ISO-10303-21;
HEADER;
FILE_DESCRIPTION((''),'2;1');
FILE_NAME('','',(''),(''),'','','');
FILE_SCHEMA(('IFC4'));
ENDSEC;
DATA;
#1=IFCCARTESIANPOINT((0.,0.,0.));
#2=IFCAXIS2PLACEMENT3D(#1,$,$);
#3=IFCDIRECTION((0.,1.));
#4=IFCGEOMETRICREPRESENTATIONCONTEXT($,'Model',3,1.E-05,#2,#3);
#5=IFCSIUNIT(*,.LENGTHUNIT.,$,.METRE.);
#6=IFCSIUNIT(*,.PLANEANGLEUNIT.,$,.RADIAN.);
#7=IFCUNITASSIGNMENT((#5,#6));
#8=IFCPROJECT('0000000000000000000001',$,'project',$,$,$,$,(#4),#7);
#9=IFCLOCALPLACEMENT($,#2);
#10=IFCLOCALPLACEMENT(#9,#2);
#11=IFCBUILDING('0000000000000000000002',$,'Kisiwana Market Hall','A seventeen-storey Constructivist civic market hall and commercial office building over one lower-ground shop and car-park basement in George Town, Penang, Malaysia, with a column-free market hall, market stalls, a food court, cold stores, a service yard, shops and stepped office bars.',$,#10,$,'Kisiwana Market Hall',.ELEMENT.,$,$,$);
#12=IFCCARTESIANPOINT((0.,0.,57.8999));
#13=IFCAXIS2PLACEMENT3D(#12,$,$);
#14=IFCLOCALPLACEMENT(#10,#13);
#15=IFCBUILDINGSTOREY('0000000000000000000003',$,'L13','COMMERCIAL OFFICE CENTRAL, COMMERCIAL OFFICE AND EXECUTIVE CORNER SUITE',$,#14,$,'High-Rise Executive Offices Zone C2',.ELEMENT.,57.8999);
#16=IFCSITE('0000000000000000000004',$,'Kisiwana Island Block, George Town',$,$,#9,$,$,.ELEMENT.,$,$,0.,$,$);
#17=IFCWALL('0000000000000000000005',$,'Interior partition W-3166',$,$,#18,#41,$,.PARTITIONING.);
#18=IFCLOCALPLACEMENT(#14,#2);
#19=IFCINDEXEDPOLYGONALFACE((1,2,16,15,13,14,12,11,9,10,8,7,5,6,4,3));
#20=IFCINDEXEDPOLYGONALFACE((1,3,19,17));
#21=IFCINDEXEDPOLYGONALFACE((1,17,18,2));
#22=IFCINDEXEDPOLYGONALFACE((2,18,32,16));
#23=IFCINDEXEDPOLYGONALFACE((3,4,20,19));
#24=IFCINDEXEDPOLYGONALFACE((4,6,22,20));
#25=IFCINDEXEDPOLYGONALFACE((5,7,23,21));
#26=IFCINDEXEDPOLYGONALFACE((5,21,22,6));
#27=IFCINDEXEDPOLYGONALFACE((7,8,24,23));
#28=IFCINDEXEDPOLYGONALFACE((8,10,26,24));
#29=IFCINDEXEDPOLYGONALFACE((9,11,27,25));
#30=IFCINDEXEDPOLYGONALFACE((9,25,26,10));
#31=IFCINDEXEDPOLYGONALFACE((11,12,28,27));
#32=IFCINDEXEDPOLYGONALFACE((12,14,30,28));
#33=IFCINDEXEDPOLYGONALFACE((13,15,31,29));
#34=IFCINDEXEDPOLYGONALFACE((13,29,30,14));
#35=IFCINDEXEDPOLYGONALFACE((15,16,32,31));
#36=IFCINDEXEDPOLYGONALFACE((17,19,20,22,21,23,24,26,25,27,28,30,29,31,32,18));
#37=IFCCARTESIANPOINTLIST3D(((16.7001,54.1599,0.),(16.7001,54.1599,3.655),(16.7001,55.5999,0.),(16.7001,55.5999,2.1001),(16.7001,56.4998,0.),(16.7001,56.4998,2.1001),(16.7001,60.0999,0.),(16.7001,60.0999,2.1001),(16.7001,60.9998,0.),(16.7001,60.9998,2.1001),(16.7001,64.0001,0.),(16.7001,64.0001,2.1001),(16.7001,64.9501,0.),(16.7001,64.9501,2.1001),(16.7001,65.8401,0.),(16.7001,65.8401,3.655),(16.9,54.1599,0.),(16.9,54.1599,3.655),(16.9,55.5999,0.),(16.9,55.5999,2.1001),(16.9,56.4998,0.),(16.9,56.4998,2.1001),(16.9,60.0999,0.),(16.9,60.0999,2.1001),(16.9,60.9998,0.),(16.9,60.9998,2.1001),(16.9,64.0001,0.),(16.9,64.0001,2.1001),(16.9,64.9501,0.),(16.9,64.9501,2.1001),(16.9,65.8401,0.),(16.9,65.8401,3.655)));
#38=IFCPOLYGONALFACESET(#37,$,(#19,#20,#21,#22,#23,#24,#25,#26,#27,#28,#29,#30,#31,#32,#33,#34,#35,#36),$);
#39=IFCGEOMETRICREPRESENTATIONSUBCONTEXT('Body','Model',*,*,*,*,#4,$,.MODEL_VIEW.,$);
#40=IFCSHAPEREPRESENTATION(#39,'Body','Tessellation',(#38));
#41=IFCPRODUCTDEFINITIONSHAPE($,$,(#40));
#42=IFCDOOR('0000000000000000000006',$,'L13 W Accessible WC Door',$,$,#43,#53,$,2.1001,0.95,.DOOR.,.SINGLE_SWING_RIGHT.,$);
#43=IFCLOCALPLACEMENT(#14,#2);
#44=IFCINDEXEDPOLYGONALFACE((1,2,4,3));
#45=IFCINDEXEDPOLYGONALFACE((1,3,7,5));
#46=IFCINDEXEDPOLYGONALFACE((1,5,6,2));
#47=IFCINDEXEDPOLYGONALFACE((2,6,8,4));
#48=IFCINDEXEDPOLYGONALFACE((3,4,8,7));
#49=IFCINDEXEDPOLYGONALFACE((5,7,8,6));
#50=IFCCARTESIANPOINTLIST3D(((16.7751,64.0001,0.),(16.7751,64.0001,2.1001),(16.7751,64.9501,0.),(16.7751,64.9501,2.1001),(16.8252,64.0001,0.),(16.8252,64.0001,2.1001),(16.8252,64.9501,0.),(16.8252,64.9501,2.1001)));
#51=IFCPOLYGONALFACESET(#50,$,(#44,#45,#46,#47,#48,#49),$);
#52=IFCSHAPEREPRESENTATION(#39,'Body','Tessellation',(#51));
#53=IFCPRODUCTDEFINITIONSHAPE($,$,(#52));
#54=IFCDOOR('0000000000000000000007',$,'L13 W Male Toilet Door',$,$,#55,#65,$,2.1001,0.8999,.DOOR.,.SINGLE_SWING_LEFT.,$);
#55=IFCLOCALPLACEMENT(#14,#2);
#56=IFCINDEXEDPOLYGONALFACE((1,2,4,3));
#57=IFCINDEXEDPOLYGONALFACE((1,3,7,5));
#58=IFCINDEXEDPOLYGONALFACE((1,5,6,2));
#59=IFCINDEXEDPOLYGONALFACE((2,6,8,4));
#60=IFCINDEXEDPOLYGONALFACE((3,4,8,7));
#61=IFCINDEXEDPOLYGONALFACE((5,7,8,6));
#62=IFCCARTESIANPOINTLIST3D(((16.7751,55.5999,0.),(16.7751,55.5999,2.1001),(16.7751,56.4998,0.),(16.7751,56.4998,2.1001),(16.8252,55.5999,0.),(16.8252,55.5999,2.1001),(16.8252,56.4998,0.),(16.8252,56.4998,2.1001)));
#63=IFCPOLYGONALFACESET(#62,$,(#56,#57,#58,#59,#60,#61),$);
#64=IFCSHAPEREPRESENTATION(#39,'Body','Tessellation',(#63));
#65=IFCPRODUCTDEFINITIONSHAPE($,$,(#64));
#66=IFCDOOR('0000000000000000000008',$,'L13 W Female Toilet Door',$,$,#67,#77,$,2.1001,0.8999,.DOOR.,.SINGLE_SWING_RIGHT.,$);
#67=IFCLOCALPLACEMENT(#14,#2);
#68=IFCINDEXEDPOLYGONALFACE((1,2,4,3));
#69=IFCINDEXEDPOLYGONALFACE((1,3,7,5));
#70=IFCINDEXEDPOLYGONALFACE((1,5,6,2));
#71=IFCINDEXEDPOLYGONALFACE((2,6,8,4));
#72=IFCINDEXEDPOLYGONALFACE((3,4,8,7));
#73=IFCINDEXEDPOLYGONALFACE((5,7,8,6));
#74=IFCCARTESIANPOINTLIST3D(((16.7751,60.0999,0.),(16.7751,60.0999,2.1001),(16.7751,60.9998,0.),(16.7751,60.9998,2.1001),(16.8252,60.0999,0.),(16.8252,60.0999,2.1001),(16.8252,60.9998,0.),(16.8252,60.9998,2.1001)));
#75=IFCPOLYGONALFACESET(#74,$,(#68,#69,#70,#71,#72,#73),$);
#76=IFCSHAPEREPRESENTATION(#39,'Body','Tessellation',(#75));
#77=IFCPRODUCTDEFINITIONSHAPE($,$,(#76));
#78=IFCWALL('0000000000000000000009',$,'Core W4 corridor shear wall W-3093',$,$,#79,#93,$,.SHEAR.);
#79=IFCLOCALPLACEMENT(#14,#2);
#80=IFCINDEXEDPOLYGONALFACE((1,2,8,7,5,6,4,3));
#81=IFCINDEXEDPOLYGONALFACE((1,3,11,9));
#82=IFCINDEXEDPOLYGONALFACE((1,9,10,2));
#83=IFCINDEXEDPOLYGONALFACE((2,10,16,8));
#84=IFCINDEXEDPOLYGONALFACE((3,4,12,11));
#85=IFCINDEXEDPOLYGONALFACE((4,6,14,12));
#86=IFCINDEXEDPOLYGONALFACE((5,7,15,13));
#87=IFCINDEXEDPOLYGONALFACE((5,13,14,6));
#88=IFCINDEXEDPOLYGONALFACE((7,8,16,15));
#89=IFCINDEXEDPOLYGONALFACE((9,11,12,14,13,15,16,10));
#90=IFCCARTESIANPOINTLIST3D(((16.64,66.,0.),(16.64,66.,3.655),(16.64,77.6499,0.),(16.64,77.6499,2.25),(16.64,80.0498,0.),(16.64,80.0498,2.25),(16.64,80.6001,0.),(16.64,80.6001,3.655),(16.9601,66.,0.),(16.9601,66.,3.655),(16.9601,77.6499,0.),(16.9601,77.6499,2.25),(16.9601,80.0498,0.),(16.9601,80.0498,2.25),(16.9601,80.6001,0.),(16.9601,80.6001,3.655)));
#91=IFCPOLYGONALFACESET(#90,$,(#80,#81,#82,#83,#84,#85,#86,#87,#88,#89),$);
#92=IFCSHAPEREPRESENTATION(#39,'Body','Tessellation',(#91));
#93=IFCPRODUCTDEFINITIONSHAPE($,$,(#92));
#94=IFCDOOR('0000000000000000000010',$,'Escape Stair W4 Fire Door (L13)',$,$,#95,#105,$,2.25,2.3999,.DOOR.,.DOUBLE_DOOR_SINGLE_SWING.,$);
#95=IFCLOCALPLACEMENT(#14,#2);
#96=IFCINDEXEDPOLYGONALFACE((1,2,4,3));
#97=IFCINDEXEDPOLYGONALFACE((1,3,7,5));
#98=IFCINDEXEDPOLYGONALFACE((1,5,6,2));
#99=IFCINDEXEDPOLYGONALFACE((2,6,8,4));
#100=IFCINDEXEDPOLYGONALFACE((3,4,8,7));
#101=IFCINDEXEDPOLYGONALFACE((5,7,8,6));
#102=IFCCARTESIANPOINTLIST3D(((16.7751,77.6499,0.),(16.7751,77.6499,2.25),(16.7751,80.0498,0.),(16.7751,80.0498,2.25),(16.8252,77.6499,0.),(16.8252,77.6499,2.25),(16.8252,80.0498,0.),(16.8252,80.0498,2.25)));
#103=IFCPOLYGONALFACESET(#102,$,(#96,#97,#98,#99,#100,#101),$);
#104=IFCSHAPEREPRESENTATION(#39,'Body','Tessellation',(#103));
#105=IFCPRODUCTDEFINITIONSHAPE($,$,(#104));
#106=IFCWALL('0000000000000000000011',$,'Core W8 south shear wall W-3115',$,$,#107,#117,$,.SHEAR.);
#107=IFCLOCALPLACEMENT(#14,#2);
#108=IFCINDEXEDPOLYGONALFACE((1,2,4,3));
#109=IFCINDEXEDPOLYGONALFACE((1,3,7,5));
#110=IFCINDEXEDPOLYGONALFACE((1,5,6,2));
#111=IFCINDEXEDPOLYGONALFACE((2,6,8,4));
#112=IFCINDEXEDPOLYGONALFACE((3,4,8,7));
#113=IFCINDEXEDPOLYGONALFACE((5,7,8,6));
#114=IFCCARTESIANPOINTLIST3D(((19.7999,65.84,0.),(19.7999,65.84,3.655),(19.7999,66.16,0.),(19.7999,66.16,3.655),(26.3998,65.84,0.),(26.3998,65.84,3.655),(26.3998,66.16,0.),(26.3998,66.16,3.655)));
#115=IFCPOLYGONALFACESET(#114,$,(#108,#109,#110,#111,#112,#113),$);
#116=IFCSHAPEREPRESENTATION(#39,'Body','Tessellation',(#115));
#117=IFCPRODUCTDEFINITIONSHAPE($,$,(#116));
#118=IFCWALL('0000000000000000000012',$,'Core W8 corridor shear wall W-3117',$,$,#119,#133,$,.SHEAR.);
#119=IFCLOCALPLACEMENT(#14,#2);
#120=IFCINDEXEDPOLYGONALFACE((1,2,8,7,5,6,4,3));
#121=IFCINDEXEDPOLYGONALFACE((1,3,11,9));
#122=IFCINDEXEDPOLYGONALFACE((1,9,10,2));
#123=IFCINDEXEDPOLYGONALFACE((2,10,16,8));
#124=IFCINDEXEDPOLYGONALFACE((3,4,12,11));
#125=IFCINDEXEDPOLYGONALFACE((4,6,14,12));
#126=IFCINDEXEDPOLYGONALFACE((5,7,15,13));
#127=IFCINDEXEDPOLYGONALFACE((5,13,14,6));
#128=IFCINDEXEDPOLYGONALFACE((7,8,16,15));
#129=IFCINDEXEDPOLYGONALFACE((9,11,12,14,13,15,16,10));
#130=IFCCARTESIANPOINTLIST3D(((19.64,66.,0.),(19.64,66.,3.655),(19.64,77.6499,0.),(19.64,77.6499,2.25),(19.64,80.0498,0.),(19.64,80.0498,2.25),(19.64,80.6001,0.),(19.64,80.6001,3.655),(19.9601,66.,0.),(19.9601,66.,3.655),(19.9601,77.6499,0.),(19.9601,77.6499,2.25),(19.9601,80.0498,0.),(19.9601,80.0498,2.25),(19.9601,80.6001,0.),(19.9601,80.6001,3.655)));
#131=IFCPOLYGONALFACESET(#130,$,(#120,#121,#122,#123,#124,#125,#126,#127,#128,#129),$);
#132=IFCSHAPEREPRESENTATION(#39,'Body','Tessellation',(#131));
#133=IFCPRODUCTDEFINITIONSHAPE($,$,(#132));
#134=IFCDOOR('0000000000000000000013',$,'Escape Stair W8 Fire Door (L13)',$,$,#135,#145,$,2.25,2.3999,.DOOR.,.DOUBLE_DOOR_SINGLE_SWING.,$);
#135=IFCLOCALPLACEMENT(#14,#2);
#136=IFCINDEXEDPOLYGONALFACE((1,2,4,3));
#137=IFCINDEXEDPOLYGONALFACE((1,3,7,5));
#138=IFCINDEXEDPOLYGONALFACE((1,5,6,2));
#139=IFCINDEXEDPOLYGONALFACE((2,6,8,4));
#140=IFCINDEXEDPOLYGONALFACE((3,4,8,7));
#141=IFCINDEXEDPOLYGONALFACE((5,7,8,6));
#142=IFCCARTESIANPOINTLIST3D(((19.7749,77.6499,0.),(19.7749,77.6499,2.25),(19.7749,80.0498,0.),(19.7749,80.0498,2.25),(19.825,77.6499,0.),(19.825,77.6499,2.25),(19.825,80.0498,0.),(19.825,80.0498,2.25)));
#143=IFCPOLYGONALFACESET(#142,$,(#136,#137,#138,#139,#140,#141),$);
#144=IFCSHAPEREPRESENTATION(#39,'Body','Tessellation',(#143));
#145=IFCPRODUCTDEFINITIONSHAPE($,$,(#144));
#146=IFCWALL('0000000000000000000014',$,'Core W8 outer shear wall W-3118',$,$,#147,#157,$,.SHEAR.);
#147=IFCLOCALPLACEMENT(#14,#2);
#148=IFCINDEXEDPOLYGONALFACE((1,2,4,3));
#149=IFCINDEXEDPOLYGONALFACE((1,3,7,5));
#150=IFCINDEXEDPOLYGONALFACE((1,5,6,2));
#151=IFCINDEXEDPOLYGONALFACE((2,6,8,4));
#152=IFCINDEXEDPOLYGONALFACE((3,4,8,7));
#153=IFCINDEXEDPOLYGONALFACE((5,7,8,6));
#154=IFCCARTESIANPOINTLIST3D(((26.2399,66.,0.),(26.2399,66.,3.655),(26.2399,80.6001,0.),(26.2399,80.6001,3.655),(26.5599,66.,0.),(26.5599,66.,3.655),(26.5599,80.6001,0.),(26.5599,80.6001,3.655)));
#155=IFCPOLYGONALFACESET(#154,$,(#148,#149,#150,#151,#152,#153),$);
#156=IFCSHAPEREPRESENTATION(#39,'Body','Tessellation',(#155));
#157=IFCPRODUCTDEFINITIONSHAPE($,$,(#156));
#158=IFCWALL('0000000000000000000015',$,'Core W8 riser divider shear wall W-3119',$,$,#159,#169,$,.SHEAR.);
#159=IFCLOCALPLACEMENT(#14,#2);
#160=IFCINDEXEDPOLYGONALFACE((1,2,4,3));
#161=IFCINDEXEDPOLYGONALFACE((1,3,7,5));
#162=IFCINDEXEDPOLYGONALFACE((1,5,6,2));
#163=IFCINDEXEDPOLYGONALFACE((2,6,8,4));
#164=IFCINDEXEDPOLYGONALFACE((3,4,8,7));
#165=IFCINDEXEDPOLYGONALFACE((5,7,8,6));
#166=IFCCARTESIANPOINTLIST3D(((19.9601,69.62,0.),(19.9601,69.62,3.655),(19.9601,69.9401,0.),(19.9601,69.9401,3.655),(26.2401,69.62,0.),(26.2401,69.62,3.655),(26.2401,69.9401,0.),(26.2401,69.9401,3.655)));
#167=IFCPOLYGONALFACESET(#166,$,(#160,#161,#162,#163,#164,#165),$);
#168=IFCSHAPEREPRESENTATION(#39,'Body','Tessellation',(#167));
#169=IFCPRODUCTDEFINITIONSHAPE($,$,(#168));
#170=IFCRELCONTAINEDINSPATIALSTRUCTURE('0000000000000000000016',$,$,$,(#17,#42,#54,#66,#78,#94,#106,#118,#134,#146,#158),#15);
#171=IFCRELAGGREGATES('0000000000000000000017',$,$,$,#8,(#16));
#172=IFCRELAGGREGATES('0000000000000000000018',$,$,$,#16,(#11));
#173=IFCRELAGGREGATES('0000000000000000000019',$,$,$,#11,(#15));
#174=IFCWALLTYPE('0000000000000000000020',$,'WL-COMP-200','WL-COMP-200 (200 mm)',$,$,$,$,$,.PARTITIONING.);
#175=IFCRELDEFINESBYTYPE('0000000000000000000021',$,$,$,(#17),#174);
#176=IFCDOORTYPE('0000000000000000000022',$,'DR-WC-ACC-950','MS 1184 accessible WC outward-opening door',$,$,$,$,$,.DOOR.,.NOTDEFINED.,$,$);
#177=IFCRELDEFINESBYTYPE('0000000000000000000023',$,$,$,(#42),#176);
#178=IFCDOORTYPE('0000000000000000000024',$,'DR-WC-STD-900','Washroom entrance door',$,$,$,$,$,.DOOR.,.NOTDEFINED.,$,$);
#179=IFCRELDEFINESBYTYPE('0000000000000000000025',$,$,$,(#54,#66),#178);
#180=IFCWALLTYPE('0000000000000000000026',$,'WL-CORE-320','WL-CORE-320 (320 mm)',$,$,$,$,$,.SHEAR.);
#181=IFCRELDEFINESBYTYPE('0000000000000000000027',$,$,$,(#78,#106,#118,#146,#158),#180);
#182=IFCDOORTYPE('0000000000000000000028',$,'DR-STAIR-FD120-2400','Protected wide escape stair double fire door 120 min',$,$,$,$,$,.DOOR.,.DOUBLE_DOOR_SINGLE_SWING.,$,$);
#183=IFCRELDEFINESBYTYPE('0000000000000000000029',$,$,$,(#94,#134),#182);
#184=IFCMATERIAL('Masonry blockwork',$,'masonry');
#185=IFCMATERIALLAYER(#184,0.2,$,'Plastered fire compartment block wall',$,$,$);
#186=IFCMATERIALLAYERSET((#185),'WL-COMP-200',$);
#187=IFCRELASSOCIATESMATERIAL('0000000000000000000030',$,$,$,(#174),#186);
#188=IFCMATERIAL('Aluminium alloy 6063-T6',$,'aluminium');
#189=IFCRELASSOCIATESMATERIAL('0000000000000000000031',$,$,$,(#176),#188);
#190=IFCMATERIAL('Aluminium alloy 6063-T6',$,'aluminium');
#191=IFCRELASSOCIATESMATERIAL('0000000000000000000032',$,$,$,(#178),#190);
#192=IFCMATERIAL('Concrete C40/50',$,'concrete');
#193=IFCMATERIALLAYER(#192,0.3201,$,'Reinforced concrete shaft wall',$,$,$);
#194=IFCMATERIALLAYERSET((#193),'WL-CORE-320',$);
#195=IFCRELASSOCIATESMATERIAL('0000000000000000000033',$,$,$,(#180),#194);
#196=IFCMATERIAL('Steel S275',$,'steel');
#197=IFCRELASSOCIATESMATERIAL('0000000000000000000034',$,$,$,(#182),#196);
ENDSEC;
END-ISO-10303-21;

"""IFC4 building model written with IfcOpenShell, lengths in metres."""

from ifc_helpers import new_model, si_unit, direction, frame, frame_2d, origin, place, context, subcontext, project, spatial, rectangle, extrude, material, layer, layer_set, type_object, element, fill, save


model = new_model("IFC4")

# Units and contexts
model_context = context("Model", 3, precision=1e-05, world=origin(), true_north=direction((0.0, 1.0)))
body_context = subcontext(model_context, "Body", "Model", "MODEL_VIEW")
ifc_project = project(units=[si_unit("LENGTHUNIT", "METRE"), si_unit("PLANEANGLEUNIT", "RADIAN")], contexts=[model_context])

# Site, building, storey
site_placement = place(None, origin())
site = spatial("IfcSite", under=ifc_project, at=site_placement, Name="Kisiwana Island Block, George Town", CompositionType="ELEMENT", RefElevation=0.0)
building_placement = place(site_placement, origin())
building = spatial("IfcBuilding", under=site, at=building_placement, Name="Kisiwana Market Hall", Description="A seventeen-storey Constructivist civic market hall and commercial office building over one lower-ground shop and car-park basement in George Town, Penang, Malaysia, with a column-free market hall, market stalls, a food court, cold stores, a service yard, shops and stepped office bars.", LongName="Kisiwana Market Hall", CompositionType="ELEMENT")
storey_placement = place(building_placement, frame((0.0, 0.0, 57.8999)))
storey = spatial("IfcBuildingStorey", under=building, at=storey_placement, Name="L13", Description="COMMERCIAL OFFICE CENTRAL, COMMERCIAL OFFICE AND EXECUTIVE CORNER SUITE", LongName="High-Rise Executive Offices Zone C2", CompositionType="ELEMENT", Elevation=57.8999)

# Wall, openings, doors
ifc_material_1 = material(Name="Masonry blockwork", Category="masonry")
ifc_layer_1 = layer(ifc_material_1, 0.2, Name="Plastered fire compartment block wall")
ifc_layer_set_1 = layer_set([ifc_layer_1], Name="WL-COMP-200")
wall_type_1 = type_object("IfcWallType", Name="WL-COMP-200", Description="WL-COMP-200 (200 mm)", PredefinedType="PARTITIONING", material=ifc_layer_set_1)
wall_1_placement = place(storey_placement, frame((16.8, 54.1599, 0.0), z_axis=(0.0, 0.0, 1.0), x_axis=(0.0, 1.0, 0.0)))
wall_1 = element("IfcWall", 1, at=wall_1_placement, inside=storey, type_object=wall_type_1, Name="Interior partition W-3166", PredefinedType="PARTITIONING", context=body_context, shape_type="SweptSolid", body=[
    extrude(rectangle(XDim=11.6802, YDim=0.2, at=frame_2d((5.8401, 0.0))), origin(), (0.0, 0.0, 1.0), 3.655),
])
opening_1_placement = place(wall_1_placement, frame((1.4399, 0.0, 0.0)))
opening_1 = element("IfcOpeningElement", 2, at=opening_1_placement, cuts=wall_1, PredefinedType="OPENING", context=body_context, shape_type="SweptSolid", body=[
    extrude(rectangle(XDim=0.8999, YDim=2.1001, at=frame_2d((0.45, 1.05))), frame((0.0, 0.1118, 0.0), z_axis=(0.0, -1.0, 0.0), x_axis=(1.0, 0.0, 0.0)), (0.0, 0.0, 1.0), 0.2239),
])
opening_2_placement = place(wall_1_placement, frame((5.9399, 0.0, 0.0)))
opening_2 = element("IfcOpeningElement", 3, at=opening_2_placement, cuts=wall_1, PredefinedType="OPENING", context=body_context, shape_type="SweptSolid", body=[
    extrude(rectangle(XDim=0.8999, YDim=2.1001, at=frame_2d((0.45, 1.05))), frame((0.0, 0.1118, 0.0), z_axis=(0.0, -1.0, 0.0), x_axis=(1.0, 0.0, 0.0)), (0.0, 0.0, 1.0), 0.2239),
])
opening_3_placement = place(wall_1_placement, frame((9.8401, 0.0, 0.0)))
opening_3 = element("IfcOpeningElement", 4, at=opening_3_placement, cuts=wall_1, PredefinedType="OPENING", context=body_context, shape_type="SweptSolid", body=[
    extrude(rectangle(XDim=0.95, YDim=2.1001, at=frame_2d((0.4751, 1.05))), frame((0.0, 0.1118, 0.0), z_axis=(0.0, -1.0, 0.0), x_axis=(1.0, 0.0, 0.0)), (0.0, 0.0, 1.0), 0.2239),
])
ifc_material_2 = material(Name="Aluminium alloy 6063-T6", Category="aluminium")
door_type_1 = type_object("IfcDoorType", Name="DR-WC-ACC-950", Description="MS 1184 accessible WC outward-opening door", OperationType="NOTDEFINED", PredefinedType="DOOR", material=ifc_material_2)
door_1_placement = place(opening_3_placement, origin())
door_1 = element("IfcDoor", 5, at=door_1_placement, inside=storey, type_object=door_type_1, Name="L13 W Accessible WC Door", OperationType="SINGLE_SWING_RIGHT", OverallHeight=2.1001, OverallWidth=0.95, PredefinedType="DOOR", context=body_context, shape_type="SweptSolid", body=[
    extrude(rectangle(XDim=0.95, YDim=2.1001, at=frame_2d((0.4751, 1.05))), frame((0.0, 0.0249, 0.0), z_axis=(0.0, -1.0, 0.0), x_axis=(1.0, 0.0, 0.0)), (0.0, 0.0, 1.0), 0.05),
])
fill(opening_3, door_1)
ifc_material_3 = material(Name="Aluminium alloy 6063-T6", Category="aluminium")
door_type_2 = type_object("IfcDoorType", Name="DR-WC-STD-900", Description="Washroom entrance door", OperationType="NOTDEFINED", PredefinedType="DOOR", material=ifc_material_3)
door_2_placement = place(opening_1_placement, origin())
door_2 = element("IfcDoor", 6, at=door_2_placement, inside=storey, type_object=door_type_2, Name="L13 W Male Toilet Door", OperationType="SINGLE_SWING_LEFT", OverallHeight=2.1001, OverallWidth=0.8999, PredefinedType="DOOR", context=body_context, shape_type="SweptSolid", body=[
    extrude(rectangle(XDim=0.8999, YDim=2.1001, at=frame_2d((0.45, 1.05))), frame((0.0, 0.0249, 0.0), z_axis=(0.0, -1.0, 0.0), x_axis=(1.0, 0.0, 0.0)), (0.0, 0.0, 1.0), 0.05),
])
fill(opening_1, door_2)
door_3_placement = place(opening_2_placement, origin())
door_3 = element("IfcDoor", 7, at=door_3_placement, inside=storey, type_object=door_type_2, Name="L13 W Female Toilet Door", OperationType="SINGLE_SWING_RIGHT", OverallHeight=2.1001, OverallWidth=0.8999, PredefinedType="DOOR", context=body_context, shape_type="SweptSolid", body=[
    extrude(rectangle(XDim=0.8999, YDim=2.1001, at=frame_2d((0.45, 1.05))), frame((0.0, 0.0249, 0.0), z_axis=(0.0, -1.0, 0.0), x_axis=(1.0, 0.0, 0.0)), (0.0, 0.0, 1.0), 0.05),
])
fill(opening_2, door_3)

# Wall, opening, door
ifc_material_4 = material(Name="Concrete C40/50", Category="concrete")
ifc_layer_2 = layer(ifc_material_4, 0.3201, Name="Reinforced concrete shaft wall")
ifc_layer_set_2 = layer_set([ifc_layer_2], Name="WL-CORE-320")
wall_type_2 = type_object("IfcWallType", Name="WL-CORE-320", Description="WL-CORE-320 (320 mm)", PredefinedType="SHEAR", material=ifc_layer_set_2)
wall_2_placement = place(storey_placement, frame((16.8, 66.0, 0.0), z_axis=(0.0, 0.0, 1.0), x_axis=(0.0, 1.0, 0.0)))
wall_2 = element("IfcWall", 8, at=wall_2_placement, inside=storey, type_object=wall_type_2, Name="Core W4 corridor shear wall W-3093", PredefinedType="SHEAR", context=body_context, shape_type="SweptSolid", body=[
    extrude(rectangle(XDim=14.6001, YDim=0.3201, at=frame_2d((7.3, 0.0))), origin(), (0.0, 0.0, 1.0), 3.655),
])
opening_4_placement = place(wall_2_placement, frame((11.6499, 0.0, 0.0)))
opening_4 = element("IfcOpeningElement", 9, at=opening_4_placement, cuts=wall_2, PredefinedType="OPENING", context=body_context, shape_type="SweptSolid", body=[
    extrude(rectangle(XDim=2.3999, YDim=2.25, at=frame_2d((1.2, 1.125))), frame((0.0, 0.1719, 0.0), z_axis=(0.0, -1.0, 0.0), x_axis=(1.0, 0.0, 0.0)), (0.0, 0.0, 1.0), 0.344),
])
ifc_material_5 = material(Name="Steel S275", Category="steel")
door_type_3 = type_object("IfcDoorType", Name="DR-STAIR-FD120-2400", Description="Protected wide escape stair double fire door 120 min", OperationType="DOUBLE_DOOR_SINGLE_SWING", PredefinedType="DOOR", material=ifc_material_5)
door_4_placement = place(opening_4_placement, origin())
door_4 = element("IfcDoor", 10, at=door_4_placement, inside=storey, type_object=door_type_3, Name="Escape Stair W4 Fire Door (L13)", OperationType="DOUBLE_DOOR_SINGLE_SWING", OverallHeight=2.25, OverallWidth=2.3999, PredefinedType="DOOR", context=body_context, shape_type="SweptSolid", body=[
    extrude(rectangle(XDim=2.3999, YDim=2.25, at=frame_2d((1.2, 1.125))), frame((0.0, 0.0249, 0.0), z_axis=(0.0, -1.0, 0.0), x_axis=(1.0, 0.0, 0.0)), (0.0, 0.0, 1.0), 0.05),
])
fill(opening_4, door_4)

# Wall
wall_3_placement = place(storey_placement, frame((19.8, 66.0, 0.0), z_axis=(0.0, 0.0, 1.0), x_axis=(1.0, 0.0, 0.0)))
element("IfcWall", 11, at=wall_3_placement, inside=storey, type_object=wall_type_2, Name="Core W8 south shear wall W-3115", PredefinedType="SHEAR", context=body_context, shape_type="SweptSolid", body=[
    extrude(rectangle(XDim=6.5999, YDim=0.3201, at=frame_2d((3.2998, 0.0))), origin(), (0.0, 0.0, 1.0), 3.655),
])

# Wall, opening, door
wall_4_placement = place(storey_placement, frame((19.8, 66.0, 0.0), z_axis=(0.0, 0.0, 1.0), x_axis=(0.0, 1.0, 0.0)))
wall_4 = element("IfcWall", 12, at=wall_4_placement, inside=storey, type_object=wall_type_2, Name="Core W8 corridor shear wall W-3117", PredefinedType="SHEAR", context=body_context, shape_type="SweptSolid", body=[
    extrude(rectangle(XDim=14.6001, YDim=0.3201, at=frame_2d((7.3, 0.0))), origin(), (0.0, 0.0, 1.0), 3.655),
])
opening_5_placement = place(wall_4_placement, frame((11.6499, 0.0, 0.0)))
opening_5 = element("IfcOpeningElement", 13, at=opening_5_placement, cuts=wall_4, PredefinedType="OPENING", context=body_context, shape_type="SweptSolid", body=[
    extrude(rectangle(XDim=2.3999, YDim=2.25, at=frame_2d((1.2, 1.125))), frame((0.0, 0.1719, 0.0), z_axis=(0.0, -1.0, 0.0), x_axis=(1.0, 0.0, 0.0)), (0.0, 0.0, 1.0), 0.344),
])
door_5_placement = place(opening_5_placement, frame((2.3999, 0.0, 0.0), z_axis=(0.0, 0.0, 1.0), x_axis=(-1.0, 0.0, 0.0)))
door_5 = element("IfcDoor", 14, at=door_5_placement, inside=storey, type_object=door_type_3, Name="Escape Stair W8 Fire Door (L13)", OperationType="DOUBLE_DOOR_SINGLE_SWING", OverallHeight=2.25, OverallWidth=2.3999, PredefinedType="DOOR", context=body_context, shape_type="SweptSolid", body=[
    extrude(rectangle(XDim=2.3999, YDim=2.25, at=frame_2d((1.2, 1.125))), frame((0.0, 0.0249, 0.0), z_axis=(0.0, -1.0, 0.0), x_axis=(1.0, 0.0, 0.0)), (0.0, 0.0, 1.0), 0.05),
])
fill(opening_5, door_5)

# Walls
wall_5_placement = place(storey_placement, frame((26.3999, 66.0, 0.0), z_axis=(0.0, 0.0, 1.0), x_axis=(0.0, 1.0, 0.0)))
element("IfcWall", 15, at=wall_5_placement, inside=storey, type_object=wall_type_2, Name="Core W8 outer shear wall W-3118", PredefinedType="SHEAR", context=body_context, shape_type="SweptSolid", body=[
    extrude(rectangle(XDim=14.6001, YDim=0.3201, at=frame_2d((7.3, 0.0))), origin(), (0.0, 0.0, 1.0), 3.655),
])
wall_6_placement = place(storey_placement, frame((19.96, 69.78, 0.0), z_axis=(0.0, 0.0, 1.0), x_axis=(1.0, 0.0, 0.0)))
element("IfcWall", 16, at=wall_6_placement, inside=storey, type_object=wall_type_2, Name="Core W8 riser divider shear wall W-3119", PredefinedType="SHEAR", context=body_context, shape_type="SweptSolid", body=[
    extrude(rectangle(XDim=6.28, YDim=0.3201, at=frame_2d((3.1401, 0.0))), origin(), (0.0, 0.0, 1.0), 3.655),
])

save(model, "model.ifc")
